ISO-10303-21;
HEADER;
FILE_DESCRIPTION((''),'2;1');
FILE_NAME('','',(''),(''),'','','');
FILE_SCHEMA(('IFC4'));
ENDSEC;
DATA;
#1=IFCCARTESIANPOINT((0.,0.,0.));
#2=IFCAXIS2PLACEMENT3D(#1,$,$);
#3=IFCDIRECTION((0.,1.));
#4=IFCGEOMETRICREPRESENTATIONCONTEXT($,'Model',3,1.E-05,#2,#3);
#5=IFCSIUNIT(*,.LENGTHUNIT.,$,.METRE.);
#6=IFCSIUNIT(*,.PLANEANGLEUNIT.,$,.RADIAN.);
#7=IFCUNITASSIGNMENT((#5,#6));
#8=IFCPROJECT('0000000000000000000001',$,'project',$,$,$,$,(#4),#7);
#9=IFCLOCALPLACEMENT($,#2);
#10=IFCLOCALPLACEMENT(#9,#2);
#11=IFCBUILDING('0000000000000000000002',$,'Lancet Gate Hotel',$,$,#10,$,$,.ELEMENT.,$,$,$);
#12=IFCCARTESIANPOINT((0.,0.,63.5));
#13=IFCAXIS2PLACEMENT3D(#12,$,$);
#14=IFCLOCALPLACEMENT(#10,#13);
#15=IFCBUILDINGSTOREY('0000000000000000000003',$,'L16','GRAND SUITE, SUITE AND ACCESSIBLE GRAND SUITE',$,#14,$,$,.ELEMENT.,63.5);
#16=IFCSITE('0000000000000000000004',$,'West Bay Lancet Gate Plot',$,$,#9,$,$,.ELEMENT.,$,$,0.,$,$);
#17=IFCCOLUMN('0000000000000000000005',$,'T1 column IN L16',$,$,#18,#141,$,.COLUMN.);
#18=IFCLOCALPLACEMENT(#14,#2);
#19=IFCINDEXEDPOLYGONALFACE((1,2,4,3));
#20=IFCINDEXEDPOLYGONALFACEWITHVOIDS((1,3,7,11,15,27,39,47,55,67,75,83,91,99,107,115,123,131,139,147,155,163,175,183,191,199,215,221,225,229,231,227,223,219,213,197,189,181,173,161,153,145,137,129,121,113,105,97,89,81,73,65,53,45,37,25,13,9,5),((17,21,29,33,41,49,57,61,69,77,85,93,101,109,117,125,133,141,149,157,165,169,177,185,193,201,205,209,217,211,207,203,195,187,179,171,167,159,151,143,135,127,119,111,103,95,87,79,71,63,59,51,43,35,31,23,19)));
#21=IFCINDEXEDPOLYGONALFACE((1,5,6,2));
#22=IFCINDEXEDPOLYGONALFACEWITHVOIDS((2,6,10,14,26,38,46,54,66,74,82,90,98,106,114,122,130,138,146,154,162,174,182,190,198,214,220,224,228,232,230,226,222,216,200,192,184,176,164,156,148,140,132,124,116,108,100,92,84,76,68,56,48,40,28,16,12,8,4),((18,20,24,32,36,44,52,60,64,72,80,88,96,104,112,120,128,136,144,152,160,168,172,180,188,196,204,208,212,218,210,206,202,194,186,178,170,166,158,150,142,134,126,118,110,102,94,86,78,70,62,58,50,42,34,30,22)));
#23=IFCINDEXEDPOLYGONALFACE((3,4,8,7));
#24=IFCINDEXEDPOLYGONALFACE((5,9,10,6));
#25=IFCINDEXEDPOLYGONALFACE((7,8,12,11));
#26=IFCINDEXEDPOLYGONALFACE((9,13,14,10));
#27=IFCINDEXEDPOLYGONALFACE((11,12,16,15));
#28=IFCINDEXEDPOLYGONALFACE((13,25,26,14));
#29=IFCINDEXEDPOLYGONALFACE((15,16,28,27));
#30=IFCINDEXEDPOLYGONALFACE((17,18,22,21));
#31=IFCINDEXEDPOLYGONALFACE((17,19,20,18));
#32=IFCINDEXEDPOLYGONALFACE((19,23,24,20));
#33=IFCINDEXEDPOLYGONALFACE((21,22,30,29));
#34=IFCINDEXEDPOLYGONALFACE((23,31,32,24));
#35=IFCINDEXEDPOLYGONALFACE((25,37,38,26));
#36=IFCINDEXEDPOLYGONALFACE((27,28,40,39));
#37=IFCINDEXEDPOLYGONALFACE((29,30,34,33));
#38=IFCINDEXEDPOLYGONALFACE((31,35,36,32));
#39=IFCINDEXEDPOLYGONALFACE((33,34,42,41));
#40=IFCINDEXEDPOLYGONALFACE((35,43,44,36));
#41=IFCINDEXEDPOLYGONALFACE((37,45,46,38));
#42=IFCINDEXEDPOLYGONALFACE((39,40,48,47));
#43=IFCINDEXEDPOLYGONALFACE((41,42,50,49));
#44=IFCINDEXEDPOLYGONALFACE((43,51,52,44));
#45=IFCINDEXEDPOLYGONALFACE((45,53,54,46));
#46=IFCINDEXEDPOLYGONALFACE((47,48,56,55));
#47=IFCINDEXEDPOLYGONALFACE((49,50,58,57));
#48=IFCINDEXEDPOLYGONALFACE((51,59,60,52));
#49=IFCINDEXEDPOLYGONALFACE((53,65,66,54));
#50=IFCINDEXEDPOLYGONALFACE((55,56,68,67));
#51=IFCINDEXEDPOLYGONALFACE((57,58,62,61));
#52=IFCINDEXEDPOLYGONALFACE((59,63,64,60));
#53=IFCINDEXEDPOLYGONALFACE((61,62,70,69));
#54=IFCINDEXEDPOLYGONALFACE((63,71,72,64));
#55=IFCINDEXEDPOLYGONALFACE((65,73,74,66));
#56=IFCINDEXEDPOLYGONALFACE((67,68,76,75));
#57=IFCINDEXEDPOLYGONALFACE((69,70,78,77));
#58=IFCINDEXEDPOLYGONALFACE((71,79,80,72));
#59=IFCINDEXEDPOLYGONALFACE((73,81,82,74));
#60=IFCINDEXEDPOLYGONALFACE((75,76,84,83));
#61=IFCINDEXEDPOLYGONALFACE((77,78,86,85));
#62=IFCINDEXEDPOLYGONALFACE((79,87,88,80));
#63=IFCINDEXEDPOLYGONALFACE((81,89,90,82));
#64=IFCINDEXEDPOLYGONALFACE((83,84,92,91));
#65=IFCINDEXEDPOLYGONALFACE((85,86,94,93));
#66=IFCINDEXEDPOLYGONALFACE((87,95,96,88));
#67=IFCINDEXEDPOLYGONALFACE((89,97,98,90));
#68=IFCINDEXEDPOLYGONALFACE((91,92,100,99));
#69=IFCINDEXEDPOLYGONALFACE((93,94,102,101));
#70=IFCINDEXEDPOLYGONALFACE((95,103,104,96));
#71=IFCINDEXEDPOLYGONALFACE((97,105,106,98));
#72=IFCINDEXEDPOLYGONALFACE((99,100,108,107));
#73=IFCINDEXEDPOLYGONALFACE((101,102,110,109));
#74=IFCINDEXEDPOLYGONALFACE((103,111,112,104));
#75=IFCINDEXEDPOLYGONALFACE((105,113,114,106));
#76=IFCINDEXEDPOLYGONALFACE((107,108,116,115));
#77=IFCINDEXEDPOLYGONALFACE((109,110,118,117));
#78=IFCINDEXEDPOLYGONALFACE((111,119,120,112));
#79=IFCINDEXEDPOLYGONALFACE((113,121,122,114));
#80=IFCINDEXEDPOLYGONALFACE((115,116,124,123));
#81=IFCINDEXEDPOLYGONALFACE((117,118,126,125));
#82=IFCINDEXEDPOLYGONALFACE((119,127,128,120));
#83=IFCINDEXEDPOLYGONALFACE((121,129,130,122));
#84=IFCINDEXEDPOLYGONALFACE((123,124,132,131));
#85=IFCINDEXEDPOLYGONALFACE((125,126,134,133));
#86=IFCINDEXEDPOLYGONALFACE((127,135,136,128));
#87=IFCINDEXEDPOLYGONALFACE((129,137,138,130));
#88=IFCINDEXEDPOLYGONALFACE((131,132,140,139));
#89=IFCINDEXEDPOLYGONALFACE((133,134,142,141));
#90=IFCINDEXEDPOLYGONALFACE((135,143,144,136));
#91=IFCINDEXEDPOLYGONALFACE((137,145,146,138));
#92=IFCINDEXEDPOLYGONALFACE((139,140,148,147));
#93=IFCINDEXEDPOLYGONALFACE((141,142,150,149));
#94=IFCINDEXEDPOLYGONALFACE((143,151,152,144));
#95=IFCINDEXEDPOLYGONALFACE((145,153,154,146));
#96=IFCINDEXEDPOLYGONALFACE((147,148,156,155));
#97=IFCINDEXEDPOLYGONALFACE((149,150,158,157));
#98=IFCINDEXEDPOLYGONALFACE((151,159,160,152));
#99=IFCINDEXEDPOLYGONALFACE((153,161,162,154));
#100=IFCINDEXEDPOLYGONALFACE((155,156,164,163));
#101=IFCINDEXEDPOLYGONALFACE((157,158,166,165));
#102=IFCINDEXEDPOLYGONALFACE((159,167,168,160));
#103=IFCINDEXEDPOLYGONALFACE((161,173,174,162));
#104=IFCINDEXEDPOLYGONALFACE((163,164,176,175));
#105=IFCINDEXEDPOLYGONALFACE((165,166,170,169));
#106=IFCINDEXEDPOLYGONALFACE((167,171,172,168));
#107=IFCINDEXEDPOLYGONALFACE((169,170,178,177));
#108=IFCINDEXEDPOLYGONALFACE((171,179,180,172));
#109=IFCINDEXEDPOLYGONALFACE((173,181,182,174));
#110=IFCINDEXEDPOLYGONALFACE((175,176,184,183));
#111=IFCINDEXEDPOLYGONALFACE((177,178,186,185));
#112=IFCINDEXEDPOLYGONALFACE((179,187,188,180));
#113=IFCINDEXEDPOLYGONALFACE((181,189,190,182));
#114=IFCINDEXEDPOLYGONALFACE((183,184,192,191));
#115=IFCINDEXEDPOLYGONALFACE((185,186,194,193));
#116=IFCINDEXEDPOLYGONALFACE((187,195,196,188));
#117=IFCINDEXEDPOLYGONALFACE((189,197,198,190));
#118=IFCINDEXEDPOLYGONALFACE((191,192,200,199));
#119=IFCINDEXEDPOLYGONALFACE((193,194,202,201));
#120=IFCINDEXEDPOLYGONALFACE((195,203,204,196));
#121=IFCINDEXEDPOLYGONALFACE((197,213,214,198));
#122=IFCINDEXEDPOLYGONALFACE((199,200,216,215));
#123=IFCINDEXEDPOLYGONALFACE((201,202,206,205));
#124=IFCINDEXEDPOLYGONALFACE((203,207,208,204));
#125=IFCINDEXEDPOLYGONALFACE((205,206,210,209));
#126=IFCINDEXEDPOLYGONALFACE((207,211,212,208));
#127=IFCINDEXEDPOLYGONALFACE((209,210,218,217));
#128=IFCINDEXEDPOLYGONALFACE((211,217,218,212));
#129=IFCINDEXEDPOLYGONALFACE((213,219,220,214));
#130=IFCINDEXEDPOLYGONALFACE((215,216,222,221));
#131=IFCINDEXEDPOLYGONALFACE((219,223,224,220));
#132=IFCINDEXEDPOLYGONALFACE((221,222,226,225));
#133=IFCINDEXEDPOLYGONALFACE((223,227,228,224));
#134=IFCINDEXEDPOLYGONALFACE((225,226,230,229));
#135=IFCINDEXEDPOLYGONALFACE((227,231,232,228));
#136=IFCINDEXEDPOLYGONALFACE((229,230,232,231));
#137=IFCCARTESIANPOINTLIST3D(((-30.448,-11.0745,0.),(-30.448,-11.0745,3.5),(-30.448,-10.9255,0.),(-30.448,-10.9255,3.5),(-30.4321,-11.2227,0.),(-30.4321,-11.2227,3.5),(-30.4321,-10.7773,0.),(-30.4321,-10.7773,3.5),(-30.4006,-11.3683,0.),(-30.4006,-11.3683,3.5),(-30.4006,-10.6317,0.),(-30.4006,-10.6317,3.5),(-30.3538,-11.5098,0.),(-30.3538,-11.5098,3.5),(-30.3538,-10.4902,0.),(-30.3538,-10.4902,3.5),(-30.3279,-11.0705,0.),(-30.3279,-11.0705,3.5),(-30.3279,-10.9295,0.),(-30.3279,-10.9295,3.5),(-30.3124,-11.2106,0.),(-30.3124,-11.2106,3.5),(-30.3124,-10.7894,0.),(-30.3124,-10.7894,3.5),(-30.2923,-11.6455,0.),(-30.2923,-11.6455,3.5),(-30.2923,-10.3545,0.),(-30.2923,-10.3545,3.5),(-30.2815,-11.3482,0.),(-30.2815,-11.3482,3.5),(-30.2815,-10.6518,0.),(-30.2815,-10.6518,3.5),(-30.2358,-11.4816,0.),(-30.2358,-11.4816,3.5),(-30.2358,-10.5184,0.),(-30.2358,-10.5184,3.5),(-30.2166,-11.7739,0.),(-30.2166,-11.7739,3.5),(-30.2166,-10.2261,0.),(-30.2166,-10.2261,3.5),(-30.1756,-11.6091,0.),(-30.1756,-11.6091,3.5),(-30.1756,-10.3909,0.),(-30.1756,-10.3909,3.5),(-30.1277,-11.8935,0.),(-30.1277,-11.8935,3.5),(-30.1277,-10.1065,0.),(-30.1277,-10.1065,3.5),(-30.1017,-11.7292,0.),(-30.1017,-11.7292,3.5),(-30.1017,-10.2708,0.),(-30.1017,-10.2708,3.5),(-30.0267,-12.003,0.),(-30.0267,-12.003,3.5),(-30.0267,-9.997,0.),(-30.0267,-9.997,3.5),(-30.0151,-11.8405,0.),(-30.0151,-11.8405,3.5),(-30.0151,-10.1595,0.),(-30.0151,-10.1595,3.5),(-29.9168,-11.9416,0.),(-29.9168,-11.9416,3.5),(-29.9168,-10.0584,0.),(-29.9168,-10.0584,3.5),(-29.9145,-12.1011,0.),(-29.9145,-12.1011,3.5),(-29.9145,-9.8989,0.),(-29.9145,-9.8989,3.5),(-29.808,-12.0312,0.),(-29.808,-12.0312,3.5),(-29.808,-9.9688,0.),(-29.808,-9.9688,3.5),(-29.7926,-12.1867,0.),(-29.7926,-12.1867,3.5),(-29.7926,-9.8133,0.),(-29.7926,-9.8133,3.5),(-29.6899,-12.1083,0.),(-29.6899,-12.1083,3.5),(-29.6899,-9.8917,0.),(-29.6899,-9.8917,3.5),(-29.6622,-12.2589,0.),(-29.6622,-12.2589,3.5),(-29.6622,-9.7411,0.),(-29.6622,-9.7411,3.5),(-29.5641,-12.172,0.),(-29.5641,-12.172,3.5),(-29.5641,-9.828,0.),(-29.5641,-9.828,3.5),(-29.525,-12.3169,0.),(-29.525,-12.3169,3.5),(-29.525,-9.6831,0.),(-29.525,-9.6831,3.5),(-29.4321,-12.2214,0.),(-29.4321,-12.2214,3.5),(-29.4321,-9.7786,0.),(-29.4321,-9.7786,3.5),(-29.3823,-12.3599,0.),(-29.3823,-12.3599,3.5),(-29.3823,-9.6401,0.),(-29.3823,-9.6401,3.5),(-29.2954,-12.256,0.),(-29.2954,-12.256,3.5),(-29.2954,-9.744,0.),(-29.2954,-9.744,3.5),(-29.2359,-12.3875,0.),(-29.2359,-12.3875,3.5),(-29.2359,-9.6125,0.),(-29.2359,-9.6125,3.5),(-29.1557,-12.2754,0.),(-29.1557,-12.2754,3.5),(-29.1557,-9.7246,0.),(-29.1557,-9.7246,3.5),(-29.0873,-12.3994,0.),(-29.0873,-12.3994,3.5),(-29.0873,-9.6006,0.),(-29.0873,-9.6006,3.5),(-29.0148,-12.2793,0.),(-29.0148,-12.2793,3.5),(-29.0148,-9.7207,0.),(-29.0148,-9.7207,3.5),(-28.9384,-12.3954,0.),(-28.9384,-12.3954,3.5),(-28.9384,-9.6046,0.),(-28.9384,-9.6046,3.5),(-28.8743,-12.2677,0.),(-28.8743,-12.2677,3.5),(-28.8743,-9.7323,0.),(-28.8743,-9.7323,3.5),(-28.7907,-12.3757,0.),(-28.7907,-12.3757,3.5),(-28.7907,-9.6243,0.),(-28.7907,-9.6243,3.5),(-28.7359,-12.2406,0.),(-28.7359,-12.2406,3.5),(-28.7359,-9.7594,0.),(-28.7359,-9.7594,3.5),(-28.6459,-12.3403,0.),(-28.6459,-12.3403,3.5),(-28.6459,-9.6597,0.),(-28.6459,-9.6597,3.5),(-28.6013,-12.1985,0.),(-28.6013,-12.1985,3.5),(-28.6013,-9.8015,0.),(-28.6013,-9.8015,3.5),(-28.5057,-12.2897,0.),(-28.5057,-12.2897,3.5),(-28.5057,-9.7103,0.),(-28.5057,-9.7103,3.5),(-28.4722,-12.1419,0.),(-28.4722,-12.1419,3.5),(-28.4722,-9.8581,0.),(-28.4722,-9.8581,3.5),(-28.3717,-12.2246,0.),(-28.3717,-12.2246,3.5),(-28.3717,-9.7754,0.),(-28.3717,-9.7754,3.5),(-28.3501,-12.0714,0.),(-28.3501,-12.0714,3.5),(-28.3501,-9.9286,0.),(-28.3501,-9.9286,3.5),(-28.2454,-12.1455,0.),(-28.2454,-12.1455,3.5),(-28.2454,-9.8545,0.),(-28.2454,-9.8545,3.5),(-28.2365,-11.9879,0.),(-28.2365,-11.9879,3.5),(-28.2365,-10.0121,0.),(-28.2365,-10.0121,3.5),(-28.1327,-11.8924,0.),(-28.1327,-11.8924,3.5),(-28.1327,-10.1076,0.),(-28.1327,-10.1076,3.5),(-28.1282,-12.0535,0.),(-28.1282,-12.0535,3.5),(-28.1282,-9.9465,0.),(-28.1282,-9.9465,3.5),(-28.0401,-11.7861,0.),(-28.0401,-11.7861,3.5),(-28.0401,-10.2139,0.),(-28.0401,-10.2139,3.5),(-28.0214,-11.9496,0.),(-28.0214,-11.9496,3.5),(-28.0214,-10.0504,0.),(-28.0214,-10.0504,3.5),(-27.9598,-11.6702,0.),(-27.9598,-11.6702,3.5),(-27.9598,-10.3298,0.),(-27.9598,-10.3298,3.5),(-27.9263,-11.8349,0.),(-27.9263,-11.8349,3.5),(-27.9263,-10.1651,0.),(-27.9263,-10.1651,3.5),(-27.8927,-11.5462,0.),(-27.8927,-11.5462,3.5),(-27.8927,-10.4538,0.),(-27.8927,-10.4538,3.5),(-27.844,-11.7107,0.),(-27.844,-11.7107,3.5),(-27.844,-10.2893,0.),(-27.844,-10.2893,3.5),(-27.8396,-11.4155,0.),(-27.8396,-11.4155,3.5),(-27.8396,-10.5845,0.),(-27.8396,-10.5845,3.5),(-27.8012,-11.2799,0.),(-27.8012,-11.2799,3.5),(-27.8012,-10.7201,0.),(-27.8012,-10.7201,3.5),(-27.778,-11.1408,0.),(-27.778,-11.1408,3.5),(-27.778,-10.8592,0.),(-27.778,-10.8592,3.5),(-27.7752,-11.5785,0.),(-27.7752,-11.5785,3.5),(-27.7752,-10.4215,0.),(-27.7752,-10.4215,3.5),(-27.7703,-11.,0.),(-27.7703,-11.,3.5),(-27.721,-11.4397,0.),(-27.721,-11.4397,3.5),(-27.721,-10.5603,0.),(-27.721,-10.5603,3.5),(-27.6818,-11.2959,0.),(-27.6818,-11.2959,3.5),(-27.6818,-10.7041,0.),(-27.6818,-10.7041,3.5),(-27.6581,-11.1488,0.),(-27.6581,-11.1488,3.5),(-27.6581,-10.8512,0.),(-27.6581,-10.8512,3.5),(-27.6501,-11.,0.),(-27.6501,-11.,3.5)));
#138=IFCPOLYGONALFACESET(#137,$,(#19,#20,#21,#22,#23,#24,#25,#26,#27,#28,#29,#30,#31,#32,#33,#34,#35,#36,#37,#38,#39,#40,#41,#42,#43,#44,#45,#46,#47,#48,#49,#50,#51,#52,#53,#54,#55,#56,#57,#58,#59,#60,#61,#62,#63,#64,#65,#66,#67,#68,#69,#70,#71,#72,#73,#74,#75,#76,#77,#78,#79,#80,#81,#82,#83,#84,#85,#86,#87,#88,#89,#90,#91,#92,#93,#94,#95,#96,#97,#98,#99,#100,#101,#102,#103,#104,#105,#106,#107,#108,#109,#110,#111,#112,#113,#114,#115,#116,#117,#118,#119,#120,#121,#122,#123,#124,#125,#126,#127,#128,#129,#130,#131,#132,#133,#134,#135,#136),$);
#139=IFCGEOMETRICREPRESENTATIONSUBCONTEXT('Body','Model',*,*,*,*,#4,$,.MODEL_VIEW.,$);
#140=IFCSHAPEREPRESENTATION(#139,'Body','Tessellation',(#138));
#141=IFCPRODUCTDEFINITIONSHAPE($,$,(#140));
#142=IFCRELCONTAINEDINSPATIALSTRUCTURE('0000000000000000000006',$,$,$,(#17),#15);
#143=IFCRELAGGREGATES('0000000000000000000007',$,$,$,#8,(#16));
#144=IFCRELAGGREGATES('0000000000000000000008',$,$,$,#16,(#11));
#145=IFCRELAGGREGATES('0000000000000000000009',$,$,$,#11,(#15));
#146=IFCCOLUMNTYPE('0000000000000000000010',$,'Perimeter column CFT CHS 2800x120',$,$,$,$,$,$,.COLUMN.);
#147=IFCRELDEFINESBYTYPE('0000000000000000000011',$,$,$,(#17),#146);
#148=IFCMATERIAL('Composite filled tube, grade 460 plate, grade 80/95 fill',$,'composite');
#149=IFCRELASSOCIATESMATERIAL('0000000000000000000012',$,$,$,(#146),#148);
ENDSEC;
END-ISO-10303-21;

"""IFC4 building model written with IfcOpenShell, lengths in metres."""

from ifc_helpers import new_model, si_unit, direction, frame, origin, origin_2d, place, context, subcontext, project, spatial, hollow_circle, extrude, material, material_profile, profile_set, type_object, element, save


model = new_model("IFC4")

# Units and contexts
model_context = context("Model", 3, precision=1e-05, world=origin(), true_north=direction((0.0, 1.0)))
body_context = subcontext(model_context, "Body", "Model", "MODEL_VIEW")
ifc_project = project(units=[si_unit("LENGTHUNIT", "METRE"), si_unit("PLANEANGLEUNIT", "RADIAN")], contexts=[model_context])

# Site, building, storey
site_placement = place(None, origin())
site = spatial("IfcSite", under=ifc_project, at=site_placement, Name="West Bay Lancet Gate Plot", CompositionType="ELEMENT", RefElevation=0.0)
building_placement = place(site_placement, origin())
building = spatial("IfcBuilding", under=site, at=building_placement, Name="Lancet Gate Hotel", CompositionType="ELEMENT")
storey_placement = place(building_placement, frame((0.0, 0.0, 63.5)))
storey = spatial("IfcBuildingStorey", under=building, at=storey_placement, Name="L16", Description="GRAND SUITE, SUITE AND ACCESSIBLE GRAND SUITE", CompositionType="ELEMENT", Elevation=63.5)

# Column
ifc_material_1 = material(Name="Composite filled tube, grade 460 plate, grade 80/95 fill", Category="composite")
ifc_material_profile_1 = material_profile(ifc_material_1, hollow_circle(Radius=1.3999, WallThickness=0.1201, at=origin_2d()), Name="CHS 2800x120")
ifc_profile_set_1 = profile_set([ifc_material_profile_1], Name="Composite filled tube, grade 460 plate, grade 80/95 fill")
column_type = type_object("IfcColumnType", Name="Perimeter column CFT CHS 2800x120", PredefinedType="COLUMN", material=ifc_profile_set_1)
for number, where, z_axis, x_axis, name in (
    (1, (-29.05, -11.0, 0.0), (0.0, 0.0, 1.0), (1.0, 0.0, 0.0), "T1 column IN L16"),
):
    element("IfcColumn", number, at=place(storey_placement, frame(where, z_axis=z_axis, x_axis=x_axis)), inside=storey, type_object=column_type, Name=name, PredefinedType="COLUMN", context=body_context, shape_type="SweptSolid", body=[
        extrude(hollow_circle(Radius=1.3999, WallThickness=0.1201, at=origin_2d()), origin(), (0.0, 0.0, 1.0), 3.5),
    ])

save(model, "model.ifc")
